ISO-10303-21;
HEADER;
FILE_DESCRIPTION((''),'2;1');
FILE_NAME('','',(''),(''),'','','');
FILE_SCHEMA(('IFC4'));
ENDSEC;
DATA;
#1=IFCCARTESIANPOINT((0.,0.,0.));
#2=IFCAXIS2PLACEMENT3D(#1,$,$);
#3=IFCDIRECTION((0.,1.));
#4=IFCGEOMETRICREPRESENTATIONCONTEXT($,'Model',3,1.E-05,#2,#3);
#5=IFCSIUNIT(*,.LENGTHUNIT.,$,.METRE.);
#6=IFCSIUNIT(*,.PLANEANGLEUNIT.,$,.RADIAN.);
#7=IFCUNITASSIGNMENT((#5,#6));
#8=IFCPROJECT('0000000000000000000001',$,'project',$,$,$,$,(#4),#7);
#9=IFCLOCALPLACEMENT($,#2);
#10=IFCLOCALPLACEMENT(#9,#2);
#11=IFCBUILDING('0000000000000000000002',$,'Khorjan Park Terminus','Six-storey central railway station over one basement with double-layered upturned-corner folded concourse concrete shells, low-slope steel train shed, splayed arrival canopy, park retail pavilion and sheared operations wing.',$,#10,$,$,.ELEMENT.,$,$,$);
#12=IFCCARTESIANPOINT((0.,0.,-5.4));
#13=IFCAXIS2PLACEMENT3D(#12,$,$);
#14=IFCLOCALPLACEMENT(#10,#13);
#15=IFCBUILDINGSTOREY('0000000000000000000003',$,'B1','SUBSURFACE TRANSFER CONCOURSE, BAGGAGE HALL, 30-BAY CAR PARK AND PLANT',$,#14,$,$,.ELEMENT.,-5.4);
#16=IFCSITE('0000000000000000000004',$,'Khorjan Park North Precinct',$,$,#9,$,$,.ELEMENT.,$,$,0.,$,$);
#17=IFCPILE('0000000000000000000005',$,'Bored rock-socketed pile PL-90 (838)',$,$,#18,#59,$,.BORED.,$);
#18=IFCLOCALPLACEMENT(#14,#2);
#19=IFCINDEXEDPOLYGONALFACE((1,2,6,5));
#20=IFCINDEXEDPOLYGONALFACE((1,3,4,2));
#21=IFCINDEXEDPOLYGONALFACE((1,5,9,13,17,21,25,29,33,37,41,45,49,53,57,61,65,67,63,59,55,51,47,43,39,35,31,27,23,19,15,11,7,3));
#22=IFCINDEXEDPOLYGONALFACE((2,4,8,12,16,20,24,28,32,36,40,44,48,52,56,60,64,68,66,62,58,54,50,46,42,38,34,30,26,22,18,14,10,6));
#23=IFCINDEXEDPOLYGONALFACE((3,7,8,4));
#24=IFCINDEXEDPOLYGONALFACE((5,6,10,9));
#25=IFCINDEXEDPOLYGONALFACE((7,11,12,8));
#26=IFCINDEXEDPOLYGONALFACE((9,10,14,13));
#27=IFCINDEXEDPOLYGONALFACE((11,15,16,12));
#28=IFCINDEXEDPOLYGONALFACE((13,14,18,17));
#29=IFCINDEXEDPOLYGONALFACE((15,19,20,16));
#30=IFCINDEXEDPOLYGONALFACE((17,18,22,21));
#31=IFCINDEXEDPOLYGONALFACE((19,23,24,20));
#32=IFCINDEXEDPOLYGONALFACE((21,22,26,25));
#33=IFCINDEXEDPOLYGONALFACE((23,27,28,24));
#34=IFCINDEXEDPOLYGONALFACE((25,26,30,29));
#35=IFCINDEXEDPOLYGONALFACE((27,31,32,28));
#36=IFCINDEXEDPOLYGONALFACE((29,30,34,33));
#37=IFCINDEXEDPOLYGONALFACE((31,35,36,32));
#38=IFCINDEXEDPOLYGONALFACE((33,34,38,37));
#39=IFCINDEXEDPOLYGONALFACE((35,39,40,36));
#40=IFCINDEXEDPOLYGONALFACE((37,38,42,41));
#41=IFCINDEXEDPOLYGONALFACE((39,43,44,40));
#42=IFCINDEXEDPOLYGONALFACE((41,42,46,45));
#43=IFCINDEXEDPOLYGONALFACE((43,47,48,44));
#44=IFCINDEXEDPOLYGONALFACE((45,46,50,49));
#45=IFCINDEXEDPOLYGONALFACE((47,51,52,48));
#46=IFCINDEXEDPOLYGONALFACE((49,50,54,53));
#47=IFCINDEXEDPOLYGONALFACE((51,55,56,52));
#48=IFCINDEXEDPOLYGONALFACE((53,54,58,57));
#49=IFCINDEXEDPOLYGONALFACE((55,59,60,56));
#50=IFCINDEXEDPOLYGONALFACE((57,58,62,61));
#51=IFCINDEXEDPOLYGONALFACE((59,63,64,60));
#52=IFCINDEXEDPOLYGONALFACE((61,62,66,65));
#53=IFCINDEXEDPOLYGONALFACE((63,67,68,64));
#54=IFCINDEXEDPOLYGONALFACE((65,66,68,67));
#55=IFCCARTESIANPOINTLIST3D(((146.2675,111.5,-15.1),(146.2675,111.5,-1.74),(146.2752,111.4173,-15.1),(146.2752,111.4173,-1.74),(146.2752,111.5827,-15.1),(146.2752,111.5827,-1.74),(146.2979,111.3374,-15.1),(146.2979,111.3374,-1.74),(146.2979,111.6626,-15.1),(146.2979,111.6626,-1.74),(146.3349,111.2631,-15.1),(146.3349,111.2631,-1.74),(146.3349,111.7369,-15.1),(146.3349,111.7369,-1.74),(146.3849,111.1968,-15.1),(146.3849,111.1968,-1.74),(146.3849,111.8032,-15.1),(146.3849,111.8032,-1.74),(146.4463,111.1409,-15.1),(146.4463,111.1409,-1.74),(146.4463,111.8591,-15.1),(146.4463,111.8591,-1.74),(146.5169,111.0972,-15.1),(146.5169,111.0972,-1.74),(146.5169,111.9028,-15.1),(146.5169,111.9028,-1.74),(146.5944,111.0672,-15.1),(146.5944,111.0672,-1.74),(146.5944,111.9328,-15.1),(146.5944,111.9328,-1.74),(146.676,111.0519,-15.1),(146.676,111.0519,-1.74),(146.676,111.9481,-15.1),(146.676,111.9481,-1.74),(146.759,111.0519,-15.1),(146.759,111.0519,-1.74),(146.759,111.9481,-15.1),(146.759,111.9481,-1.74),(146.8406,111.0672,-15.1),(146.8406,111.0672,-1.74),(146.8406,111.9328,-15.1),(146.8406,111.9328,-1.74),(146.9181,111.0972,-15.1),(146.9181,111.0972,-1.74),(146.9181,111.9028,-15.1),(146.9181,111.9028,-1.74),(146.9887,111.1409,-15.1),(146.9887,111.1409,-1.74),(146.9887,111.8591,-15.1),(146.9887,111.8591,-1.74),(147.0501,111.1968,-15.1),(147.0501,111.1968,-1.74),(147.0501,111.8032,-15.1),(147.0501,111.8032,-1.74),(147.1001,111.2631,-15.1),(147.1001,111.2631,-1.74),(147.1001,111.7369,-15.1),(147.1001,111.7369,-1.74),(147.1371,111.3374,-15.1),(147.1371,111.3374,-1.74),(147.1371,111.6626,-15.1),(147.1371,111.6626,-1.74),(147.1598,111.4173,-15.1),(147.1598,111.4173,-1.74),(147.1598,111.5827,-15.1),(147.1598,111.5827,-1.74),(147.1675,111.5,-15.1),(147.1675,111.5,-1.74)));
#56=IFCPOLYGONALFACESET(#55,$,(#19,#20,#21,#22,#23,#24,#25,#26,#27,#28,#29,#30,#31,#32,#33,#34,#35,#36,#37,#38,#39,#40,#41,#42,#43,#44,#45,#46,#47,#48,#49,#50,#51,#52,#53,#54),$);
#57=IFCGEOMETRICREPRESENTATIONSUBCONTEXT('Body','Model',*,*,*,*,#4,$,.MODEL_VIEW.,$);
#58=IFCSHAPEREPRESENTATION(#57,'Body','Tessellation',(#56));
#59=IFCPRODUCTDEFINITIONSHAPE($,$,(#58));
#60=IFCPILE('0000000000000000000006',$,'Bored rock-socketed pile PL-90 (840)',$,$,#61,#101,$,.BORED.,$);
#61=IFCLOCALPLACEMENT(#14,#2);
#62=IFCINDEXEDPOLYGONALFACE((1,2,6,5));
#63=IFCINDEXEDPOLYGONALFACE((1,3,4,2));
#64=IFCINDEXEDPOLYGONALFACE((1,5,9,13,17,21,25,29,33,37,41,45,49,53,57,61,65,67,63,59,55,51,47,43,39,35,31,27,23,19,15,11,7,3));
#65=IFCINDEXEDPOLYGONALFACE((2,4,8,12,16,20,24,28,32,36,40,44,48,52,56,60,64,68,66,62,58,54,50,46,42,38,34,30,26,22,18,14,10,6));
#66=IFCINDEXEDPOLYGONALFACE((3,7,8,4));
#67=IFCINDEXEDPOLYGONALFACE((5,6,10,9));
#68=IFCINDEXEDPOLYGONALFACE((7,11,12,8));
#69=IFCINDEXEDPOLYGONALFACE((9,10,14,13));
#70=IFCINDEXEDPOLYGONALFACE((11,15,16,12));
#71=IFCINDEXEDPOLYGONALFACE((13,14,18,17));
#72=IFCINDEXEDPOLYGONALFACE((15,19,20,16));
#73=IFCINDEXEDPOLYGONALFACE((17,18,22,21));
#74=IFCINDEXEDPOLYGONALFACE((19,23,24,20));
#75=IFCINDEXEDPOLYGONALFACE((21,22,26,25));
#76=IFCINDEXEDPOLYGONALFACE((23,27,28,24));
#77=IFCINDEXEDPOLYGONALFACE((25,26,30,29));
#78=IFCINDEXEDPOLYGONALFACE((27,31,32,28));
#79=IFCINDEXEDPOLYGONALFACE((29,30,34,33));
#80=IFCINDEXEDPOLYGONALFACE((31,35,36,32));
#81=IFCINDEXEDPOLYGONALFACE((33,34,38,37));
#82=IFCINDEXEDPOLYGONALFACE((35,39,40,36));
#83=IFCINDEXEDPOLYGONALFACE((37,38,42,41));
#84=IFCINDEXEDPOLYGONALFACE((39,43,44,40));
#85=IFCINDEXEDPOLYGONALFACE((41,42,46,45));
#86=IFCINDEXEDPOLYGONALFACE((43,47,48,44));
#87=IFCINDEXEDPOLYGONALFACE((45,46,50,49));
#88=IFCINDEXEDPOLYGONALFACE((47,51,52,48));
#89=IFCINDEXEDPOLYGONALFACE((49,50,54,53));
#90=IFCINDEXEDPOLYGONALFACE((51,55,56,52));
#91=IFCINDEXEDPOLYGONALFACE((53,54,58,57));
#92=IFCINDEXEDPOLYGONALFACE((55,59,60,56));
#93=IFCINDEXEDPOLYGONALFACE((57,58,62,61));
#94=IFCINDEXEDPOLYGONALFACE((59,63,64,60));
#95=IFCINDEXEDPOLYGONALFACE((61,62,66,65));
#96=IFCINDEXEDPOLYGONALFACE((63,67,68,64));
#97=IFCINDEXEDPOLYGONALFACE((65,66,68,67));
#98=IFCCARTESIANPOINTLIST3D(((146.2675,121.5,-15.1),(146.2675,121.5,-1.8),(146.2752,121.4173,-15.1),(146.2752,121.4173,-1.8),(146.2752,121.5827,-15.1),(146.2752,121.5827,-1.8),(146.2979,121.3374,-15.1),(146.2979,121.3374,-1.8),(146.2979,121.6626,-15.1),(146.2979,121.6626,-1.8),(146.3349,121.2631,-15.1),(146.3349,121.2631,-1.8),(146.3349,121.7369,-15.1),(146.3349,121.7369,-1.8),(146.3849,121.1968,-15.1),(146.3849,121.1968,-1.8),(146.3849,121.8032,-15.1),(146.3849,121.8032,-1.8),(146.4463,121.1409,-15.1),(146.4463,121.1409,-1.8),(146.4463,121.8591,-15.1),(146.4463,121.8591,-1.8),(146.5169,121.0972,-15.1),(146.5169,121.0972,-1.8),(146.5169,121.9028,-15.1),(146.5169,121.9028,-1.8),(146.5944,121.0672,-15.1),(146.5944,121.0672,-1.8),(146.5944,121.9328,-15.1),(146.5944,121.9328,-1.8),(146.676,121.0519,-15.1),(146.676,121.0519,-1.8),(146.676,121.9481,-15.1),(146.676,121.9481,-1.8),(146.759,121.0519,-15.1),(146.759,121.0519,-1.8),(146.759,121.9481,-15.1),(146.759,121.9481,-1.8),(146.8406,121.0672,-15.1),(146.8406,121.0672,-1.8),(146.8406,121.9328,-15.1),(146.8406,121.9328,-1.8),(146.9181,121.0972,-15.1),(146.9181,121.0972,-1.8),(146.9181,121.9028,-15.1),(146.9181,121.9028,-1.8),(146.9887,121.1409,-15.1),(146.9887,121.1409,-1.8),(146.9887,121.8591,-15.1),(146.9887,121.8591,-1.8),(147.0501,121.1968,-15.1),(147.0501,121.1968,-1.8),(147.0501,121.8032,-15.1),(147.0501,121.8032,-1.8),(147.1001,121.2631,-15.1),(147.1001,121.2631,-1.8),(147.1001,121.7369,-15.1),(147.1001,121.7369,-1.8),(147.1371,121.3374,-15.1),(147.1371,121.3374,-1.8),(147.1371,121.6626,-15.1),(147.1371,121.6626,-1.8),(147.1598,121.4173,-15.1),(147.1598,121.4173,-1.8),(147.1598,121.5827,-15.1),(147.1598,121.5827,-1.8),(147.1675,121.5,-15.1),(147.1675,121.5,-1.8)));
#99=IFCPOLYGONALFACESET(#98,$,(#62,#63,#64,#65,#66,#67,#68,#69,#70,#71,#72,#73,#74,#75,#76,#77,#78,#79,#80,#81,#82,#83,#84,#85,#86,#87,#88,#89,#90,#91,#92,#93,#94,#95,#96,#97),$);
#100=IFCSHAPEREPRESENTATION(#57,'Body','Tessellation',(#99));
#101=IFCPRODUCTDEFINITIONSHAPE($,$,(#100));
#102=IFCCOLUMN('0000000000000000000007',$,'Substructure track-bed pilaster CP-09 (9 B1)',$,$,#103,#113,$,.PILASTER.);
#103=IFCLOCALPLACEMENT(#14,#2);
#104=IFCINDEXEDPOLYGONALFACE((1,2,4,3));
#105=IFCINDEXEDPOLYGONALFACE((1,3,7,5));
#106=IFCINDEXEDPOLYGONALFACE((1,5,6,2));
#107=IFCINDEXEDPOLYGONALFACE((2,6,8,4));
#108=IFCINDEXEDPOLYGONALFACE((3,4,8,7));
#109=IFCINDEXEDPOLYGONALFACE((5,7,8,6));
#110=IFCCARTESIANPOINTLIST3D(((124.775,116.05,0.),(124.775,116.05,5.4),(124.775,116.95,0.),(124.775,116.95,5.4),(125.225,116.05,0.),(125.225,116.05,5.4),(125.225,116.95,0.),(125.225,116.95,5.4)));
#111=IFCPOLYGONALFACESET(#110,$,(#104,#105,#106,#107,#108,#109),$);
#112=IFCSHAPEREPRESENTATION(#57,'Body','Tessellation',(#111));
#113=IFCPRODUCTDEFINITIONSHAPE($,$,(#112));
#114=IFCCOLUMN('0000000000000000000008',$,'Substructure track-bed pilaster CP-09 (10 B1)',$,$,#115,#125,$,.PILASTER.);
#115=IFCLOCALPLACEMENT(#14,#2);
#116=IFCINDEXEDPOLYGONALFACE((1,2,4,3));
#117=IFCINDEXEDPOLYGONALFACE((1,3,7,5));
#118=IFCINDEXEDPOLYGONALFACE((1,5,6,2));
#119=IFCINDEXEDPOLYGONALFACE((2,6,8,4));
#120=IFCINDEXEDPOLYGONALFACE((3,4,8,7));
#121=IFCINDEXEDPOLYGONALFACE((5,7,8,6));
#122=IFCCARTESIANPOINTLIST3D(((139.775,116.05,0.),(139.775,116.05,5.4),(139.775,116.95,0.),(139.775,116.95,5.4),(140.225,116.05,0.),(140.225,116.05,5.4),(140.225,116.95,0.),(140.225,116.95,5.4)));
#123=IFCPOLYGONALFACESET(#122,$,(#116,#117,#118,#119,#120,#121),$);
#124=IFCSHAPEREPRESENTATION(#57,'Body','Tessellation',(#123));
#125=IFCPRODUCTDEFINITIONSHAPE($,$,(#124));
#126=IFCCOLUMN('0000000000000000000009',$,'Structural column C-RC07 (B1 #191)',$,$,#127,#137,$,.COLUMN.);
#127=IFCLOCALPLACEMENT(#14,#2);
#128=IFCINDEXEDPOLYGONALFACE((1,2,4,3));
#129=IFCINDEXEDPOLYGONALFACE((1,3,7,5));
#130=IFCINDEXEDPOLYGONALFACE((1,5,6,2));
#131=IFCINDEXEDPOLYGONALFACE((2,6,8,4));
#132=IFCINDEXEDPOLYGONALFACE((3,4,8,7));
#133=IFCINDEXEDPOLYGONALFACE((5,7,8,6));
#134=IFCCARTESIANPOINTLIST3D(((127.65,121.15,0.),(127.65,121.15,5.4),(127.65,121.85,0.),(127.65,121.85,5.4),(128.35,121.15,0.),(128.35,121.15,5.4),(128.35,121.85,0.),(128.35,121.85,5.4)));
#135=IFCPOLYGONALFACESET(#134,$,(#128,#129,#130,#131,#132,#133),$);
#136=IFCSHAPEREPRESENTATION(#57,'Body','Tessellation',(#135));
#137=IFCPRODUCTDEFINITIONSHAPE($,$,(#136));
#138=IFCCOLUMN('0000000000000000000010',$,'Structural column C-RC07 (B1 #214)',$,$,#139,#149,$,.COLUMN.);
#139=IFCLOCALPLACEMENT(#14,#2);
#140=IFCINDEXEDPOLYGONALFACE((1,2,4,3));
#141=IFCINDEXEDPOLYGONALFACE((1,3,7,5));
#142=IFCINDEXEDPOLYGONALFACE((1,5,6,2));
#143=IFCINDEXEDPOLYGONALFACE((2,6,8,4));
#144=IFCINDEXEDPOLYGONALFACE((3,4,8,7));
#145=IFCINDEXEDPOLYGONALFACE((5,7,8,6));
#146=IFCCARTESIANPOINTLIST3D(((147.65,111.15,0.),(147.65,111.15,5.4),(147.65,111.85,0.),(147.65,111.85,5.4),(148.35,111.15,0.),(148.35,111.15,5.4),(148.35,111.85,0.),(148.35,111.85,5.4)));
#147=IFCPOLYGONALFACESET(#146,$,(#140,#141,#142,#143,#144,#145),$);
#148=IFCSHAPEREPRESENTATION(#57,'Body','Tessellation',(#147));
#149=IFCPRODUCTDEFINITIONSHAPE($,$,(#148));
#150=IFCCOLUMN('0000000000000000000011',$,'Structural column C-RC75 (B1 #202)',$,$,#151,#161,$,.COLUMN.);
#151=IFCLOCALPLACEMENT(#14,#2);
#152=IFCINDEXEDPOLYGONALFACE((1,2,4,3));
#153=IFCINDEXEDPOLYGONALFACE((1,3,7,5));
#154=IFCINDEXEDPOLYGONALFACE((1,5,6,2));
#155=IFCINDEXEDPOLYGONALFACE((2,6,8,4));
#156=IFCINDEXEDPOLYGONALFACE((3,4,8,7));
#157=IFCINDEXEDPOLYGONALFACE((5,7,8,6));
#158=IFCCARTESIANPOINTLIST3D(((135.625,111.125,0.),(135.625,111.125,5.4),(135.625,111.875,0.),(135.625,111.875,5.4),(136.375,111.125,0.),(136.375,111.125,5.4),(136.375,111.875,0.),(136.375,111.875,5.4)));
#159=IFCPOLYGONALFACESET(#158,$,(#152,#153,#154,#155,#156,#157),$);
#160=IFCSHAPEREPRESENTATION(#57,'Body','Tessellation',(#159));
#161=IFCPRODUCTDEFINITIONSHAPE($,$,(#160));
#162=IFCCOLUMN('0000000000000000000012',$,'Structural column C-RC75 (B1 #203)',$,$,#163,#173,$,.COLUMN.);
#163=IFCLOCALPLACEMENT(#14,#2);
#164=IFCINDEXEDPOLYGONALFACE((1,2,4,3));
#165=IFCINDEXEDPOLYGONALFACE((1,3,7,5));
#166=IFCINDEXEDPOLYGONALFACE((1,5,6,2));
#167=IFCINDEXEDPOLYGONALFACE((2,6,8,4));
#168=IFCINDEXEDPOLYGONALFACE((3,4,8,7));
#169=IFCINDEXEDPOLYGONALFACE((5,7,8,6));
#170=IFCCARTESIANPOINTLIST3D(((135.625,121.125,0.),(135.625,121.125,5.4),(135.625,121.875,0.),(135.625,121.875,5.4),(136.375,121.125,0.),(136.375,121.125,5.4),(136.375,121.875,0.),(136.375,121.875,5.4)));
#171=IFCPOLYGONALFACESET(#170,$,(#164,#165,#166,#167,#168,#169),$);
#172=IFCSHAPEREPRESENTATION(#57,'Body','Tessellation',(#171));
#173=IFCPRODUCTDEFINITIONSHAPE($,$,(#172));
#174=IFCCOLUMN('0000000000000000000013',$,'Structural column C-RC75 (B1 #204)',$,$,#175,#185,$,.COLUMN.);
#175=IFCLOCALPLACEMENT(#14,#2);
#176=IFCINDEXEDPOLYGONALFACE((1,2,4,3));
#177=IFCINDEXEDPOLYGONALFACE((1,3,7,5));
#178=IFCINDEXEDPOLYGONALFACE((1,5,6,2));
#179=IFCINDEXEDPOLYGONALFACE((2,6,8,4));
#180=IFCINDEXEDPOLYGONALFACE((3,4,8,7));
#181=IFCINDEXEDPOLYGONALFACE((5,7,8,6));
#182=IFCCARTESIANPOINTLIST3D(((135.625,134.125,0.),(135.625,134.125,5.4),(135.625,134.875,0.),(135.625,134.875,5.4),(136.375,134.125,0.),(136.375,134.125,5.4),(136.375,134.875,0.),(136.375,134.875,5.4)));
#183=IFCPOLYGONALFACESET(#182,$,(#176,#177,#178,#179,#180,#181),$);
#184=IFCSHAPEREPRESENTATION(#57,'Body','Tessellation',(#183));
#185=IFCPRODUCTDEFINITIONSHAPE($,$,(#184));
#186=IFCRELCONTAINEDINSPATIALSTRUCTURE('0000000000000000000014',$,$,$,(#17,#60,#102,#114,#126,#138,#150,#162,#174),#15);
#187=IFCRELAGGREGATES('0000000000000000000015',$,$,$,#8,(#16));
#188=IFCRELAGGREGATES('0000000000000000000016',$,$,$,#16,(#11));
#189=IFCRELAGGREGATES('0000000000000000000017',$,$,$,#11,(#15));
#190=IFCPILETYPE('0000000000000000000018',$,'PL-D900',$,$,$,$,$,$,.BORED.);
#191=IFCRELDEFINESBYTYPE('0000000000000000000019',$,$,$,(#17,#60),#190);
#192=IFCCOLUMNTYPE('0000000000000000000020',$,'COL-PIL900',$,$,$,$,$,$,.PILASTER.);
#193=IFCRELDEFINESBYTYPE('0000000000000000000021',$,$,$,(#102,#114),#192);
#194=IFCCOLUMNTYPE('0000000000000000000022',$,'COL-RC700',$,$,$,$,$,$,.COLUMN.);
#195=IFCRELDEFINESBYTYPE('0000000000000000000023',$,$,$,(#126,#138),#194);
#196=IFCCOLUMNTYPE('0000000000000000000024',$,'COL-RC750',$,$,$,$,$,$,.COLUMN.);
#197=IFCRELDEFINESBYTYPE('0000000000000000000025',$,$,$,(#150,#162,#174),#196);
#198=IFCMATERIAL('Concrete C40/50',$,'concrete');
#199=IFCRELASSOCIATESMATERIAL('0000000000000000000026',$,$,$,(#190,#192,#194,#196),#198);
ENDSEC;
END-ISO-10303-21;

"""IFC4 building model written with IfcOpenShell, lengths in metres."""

from ifc_helpers import new_model, si_unit, direction, frame, origin, origin_2d, place, context, subcontext, project, spatial, rectangle, circle, extrude, material, material_profile, profile_set, type_object, element, save


model = new_model("IFC4")

# Units and contexts
model_context = context("Model", 3, precision=1e-05, world=origin(), true_north=direction((0.0, 1.0)))
body_context = subcontext(model_context, "Body", "Model", "MODEL_VIEW")
ifc_project = project(units=[si_unit("LENGTHUNIT", "METRE"), si_unit("PLANEANGLEUNIT", "RADIAN")], contexts=[model_context])

# Site, building, storey
site_placement = place(None, origin())
site = spatial("IfcSite", under=ifc_project, at=site_placement, Name="Khorjan Park North Precinct", CompositionType="ELEMENT", RefElevation=0.0)
building_placement = place(site_placement, origin())
building = spatial("IfcBuilding", under=site, at=building_placement, Name="Khorjan Park Terminus", Description="Six-storey central railway station over one basement with double-layered upturned-corner folded concourse concrete shells, low-slope steel train shed, splayed arrival canopy, park retail pavilion and sheared operations wing.", CompositionType="ELEMENT")
storey_placement = place(building_placement, frame((0.0, 0.0, -5.4)))
storey = spatial("IfcBuildingStorey", under=building, at=storey_placement, Name="B1", Description="SUBSURFACE TRANSFER CONCOURSE, BAGGAGE HALL, 30-BAY CAR PARK AND PLANT", CompositionType="ELEMENT", Elevation=-5.4)

# Shared definitions
ifc_material = material(Name="Concrete C40/50", Category="concrete")

# Piles
ifc_material_profile_1 = material_profile(ifc_material, circle(Radius=0.45, at=origin_2d()), Name="BORED D900")
ifc_profile_set_1 = profile_set([ifc_material_profile_1], Name="Concrete C40/50")
pile_type = type_object("IfcPileType", Name="PL-D900", PredefinedType="BORED", material=ifc_profile_set_1)
pile_1_placement = place(storey_placement, frame((146.7175, 111.5, -1.74), z_axis=(0.0, 0.0, -1.0), x_axis=(1.0, 0.0, 0.0)))
element("IfcPile", 1, at=pile_1_placement, inside=storey, type_object=pile_type, Name="Bored rock-socketed pile PL-90 (838)", PredefinedType="BORED", context=body_context, shape_type="SweptSolid", body=[
    extrude(circle(Radius=0.45, at=origin_2d()), origin(), (0.0, 0.0, 1.0), 13.36),
])
pile_2_placement = place(storey_placement, frame((146.7175, 121.5, -1.8), z_axis=(0.0, 0.0, -1.0), x_axis=(1.0, 0.0, 0.0)))
element("IfcPile", 2, at=pile_2_placement, inside=storey, type_object=pile_type, Name="Bored rock-socketed pile PL-90 (840)", PredefinedType="BORED", context=body_context, shape_type="SweptSolid", body=[
    extrude(circle(Radius=0.45, at=origin_2d()), origin(), (0.0, 0.0, 1.0), 13.3),
])

# Columns
ifc_material_profile_2 = material_profile(ifc_material, rectangle(XDim=0.45, YDim=0.9, at=origin_2d()), Name="RC 450x900")
ifc_profile_set_2 = profile_set([ifc_material_profile_2], Name="Concrete C40/50")
column_type_1 = type_object("IfcColumnType", Name="COL-PIL900", PredefinedType="PILASTER", material=ifc_profile_set_2)
for number, where, z_axis, x_axis, name in (
    (3, (125.0, 116.5, 0.0), (0.0, 0.0, 1.0), (1.0, 0.0, 0.0), "Substructure track-bed pilaster CP-09 (9 B1)"),
    (4, (140.0, 116.5, 0.0), (0.0, 0.0, 1.0), (1.0, 0.0, 0.0), "Substructure track-bed pilaster CP-09 (10 B1)"),
):
    element("IfcColumn", number, at=place(storey_placement, frame(where, z_axis=z_axis, x_axis=x_axis)), inside=storey, type_object=column_type_1, Name=name, PredefinedType="PILASTER", context=body_context, shape_type="SweptSolid", body=[
        extrude(rectangle(XDim=0.45, YDim=0.9, at=origin_2d()), origin(), (0.0, 0.0, 1.0), 5.4),
    ])
ifc_material_profile_3 = material_profile(ifc_material, rectangle(XDim=0.7, YDim=0.7, at=origin_2d()), Name="RC 700x700")
ifc_profile_set_3 = profile_set([ifc_material_profile_3], Name="Concrete C40/50")
column_type_2 = type_object("IfcColumnType", Name="COL-RC700", PredefinedType="COLUMN", material=ifc_profile_set_3)
for number, where, z_axis, x_axis, name in (
    (5, (128.0, 121.5, 0.0), (0.0, 0.0, 1.0), (1.0, 0.0, 0.0), "Structural column C-RC07 (B1 #191)"),
    (6, (148.0, 111.5, 0.0), (0.0, 0.0, 1.0), (1.0, 0.0, 0.0), "Structural column C-RC07 (B1 #214)"),
):
    element("IfcColumn", number, at=place(storey_placement, frame(where, z_axis=z_axis, x_axis=x_axis)), inside=storey, type_object=column_type_2, Name=name, PredefinedType="COLUMN", context=body_context, shape_type="SweptSolid", body=[
        extrude(rectangle(XDim=0.7, YDim=0.7, at=origin_2d()), origin(), (0.0, 0.0, 1.0), 5.4),
    ])
ifc_material_profile_4 = material_profile(ifc_material, rectangle(XDim=0.75, YDim=0.75, at=origin_2d()), Name="RC 750x750")
ifc_profile_set_4 = profile_set([ifc_material_profile_4], Name="Concrete C40/50")
column_type_3 = type_object("IfcColumnType", Name="COL-RC750", PredefinedType="COLUMN", material=ifc_profile_set_4)
for number, where, z_axis, x_axis, name in (
    (7, (136.0, 111.5, 0.0), (0.0, 0.0, 1.0), (1.0, 0.0, 0.0), "Structural column C-RC75 (B1 #202)"),
    (8, (136.0, 121.5, 0.0), (0.0, 0.0, 1.0), (1.0, 0.0, 0.0), "Structural column C-RC75 (B1 #203)"),
    (9, (136.0, 134.5, 0.0), (0.0, 0.0, 1.0), (1.0, 0.0, 0.0), "Structural column C-RC75 (B1 #204)"),
):
    element("IfcColumn", number, at=place(storey_placement, frame(where, z_axis=z_axis, x_axis=x_axis)), inside=storey, type_object=column_type_3, Name=name, PredefinedType="COLUMN", context=body_context, shape_type="SweptSolid", body=[
        extrude(rectangle(XDim=0.75, YDim=0.75, at=origin_2d()), origin(), (0.0, 0.0, 1.0), 5.4),
    ])

save(model, "model.ifc")
